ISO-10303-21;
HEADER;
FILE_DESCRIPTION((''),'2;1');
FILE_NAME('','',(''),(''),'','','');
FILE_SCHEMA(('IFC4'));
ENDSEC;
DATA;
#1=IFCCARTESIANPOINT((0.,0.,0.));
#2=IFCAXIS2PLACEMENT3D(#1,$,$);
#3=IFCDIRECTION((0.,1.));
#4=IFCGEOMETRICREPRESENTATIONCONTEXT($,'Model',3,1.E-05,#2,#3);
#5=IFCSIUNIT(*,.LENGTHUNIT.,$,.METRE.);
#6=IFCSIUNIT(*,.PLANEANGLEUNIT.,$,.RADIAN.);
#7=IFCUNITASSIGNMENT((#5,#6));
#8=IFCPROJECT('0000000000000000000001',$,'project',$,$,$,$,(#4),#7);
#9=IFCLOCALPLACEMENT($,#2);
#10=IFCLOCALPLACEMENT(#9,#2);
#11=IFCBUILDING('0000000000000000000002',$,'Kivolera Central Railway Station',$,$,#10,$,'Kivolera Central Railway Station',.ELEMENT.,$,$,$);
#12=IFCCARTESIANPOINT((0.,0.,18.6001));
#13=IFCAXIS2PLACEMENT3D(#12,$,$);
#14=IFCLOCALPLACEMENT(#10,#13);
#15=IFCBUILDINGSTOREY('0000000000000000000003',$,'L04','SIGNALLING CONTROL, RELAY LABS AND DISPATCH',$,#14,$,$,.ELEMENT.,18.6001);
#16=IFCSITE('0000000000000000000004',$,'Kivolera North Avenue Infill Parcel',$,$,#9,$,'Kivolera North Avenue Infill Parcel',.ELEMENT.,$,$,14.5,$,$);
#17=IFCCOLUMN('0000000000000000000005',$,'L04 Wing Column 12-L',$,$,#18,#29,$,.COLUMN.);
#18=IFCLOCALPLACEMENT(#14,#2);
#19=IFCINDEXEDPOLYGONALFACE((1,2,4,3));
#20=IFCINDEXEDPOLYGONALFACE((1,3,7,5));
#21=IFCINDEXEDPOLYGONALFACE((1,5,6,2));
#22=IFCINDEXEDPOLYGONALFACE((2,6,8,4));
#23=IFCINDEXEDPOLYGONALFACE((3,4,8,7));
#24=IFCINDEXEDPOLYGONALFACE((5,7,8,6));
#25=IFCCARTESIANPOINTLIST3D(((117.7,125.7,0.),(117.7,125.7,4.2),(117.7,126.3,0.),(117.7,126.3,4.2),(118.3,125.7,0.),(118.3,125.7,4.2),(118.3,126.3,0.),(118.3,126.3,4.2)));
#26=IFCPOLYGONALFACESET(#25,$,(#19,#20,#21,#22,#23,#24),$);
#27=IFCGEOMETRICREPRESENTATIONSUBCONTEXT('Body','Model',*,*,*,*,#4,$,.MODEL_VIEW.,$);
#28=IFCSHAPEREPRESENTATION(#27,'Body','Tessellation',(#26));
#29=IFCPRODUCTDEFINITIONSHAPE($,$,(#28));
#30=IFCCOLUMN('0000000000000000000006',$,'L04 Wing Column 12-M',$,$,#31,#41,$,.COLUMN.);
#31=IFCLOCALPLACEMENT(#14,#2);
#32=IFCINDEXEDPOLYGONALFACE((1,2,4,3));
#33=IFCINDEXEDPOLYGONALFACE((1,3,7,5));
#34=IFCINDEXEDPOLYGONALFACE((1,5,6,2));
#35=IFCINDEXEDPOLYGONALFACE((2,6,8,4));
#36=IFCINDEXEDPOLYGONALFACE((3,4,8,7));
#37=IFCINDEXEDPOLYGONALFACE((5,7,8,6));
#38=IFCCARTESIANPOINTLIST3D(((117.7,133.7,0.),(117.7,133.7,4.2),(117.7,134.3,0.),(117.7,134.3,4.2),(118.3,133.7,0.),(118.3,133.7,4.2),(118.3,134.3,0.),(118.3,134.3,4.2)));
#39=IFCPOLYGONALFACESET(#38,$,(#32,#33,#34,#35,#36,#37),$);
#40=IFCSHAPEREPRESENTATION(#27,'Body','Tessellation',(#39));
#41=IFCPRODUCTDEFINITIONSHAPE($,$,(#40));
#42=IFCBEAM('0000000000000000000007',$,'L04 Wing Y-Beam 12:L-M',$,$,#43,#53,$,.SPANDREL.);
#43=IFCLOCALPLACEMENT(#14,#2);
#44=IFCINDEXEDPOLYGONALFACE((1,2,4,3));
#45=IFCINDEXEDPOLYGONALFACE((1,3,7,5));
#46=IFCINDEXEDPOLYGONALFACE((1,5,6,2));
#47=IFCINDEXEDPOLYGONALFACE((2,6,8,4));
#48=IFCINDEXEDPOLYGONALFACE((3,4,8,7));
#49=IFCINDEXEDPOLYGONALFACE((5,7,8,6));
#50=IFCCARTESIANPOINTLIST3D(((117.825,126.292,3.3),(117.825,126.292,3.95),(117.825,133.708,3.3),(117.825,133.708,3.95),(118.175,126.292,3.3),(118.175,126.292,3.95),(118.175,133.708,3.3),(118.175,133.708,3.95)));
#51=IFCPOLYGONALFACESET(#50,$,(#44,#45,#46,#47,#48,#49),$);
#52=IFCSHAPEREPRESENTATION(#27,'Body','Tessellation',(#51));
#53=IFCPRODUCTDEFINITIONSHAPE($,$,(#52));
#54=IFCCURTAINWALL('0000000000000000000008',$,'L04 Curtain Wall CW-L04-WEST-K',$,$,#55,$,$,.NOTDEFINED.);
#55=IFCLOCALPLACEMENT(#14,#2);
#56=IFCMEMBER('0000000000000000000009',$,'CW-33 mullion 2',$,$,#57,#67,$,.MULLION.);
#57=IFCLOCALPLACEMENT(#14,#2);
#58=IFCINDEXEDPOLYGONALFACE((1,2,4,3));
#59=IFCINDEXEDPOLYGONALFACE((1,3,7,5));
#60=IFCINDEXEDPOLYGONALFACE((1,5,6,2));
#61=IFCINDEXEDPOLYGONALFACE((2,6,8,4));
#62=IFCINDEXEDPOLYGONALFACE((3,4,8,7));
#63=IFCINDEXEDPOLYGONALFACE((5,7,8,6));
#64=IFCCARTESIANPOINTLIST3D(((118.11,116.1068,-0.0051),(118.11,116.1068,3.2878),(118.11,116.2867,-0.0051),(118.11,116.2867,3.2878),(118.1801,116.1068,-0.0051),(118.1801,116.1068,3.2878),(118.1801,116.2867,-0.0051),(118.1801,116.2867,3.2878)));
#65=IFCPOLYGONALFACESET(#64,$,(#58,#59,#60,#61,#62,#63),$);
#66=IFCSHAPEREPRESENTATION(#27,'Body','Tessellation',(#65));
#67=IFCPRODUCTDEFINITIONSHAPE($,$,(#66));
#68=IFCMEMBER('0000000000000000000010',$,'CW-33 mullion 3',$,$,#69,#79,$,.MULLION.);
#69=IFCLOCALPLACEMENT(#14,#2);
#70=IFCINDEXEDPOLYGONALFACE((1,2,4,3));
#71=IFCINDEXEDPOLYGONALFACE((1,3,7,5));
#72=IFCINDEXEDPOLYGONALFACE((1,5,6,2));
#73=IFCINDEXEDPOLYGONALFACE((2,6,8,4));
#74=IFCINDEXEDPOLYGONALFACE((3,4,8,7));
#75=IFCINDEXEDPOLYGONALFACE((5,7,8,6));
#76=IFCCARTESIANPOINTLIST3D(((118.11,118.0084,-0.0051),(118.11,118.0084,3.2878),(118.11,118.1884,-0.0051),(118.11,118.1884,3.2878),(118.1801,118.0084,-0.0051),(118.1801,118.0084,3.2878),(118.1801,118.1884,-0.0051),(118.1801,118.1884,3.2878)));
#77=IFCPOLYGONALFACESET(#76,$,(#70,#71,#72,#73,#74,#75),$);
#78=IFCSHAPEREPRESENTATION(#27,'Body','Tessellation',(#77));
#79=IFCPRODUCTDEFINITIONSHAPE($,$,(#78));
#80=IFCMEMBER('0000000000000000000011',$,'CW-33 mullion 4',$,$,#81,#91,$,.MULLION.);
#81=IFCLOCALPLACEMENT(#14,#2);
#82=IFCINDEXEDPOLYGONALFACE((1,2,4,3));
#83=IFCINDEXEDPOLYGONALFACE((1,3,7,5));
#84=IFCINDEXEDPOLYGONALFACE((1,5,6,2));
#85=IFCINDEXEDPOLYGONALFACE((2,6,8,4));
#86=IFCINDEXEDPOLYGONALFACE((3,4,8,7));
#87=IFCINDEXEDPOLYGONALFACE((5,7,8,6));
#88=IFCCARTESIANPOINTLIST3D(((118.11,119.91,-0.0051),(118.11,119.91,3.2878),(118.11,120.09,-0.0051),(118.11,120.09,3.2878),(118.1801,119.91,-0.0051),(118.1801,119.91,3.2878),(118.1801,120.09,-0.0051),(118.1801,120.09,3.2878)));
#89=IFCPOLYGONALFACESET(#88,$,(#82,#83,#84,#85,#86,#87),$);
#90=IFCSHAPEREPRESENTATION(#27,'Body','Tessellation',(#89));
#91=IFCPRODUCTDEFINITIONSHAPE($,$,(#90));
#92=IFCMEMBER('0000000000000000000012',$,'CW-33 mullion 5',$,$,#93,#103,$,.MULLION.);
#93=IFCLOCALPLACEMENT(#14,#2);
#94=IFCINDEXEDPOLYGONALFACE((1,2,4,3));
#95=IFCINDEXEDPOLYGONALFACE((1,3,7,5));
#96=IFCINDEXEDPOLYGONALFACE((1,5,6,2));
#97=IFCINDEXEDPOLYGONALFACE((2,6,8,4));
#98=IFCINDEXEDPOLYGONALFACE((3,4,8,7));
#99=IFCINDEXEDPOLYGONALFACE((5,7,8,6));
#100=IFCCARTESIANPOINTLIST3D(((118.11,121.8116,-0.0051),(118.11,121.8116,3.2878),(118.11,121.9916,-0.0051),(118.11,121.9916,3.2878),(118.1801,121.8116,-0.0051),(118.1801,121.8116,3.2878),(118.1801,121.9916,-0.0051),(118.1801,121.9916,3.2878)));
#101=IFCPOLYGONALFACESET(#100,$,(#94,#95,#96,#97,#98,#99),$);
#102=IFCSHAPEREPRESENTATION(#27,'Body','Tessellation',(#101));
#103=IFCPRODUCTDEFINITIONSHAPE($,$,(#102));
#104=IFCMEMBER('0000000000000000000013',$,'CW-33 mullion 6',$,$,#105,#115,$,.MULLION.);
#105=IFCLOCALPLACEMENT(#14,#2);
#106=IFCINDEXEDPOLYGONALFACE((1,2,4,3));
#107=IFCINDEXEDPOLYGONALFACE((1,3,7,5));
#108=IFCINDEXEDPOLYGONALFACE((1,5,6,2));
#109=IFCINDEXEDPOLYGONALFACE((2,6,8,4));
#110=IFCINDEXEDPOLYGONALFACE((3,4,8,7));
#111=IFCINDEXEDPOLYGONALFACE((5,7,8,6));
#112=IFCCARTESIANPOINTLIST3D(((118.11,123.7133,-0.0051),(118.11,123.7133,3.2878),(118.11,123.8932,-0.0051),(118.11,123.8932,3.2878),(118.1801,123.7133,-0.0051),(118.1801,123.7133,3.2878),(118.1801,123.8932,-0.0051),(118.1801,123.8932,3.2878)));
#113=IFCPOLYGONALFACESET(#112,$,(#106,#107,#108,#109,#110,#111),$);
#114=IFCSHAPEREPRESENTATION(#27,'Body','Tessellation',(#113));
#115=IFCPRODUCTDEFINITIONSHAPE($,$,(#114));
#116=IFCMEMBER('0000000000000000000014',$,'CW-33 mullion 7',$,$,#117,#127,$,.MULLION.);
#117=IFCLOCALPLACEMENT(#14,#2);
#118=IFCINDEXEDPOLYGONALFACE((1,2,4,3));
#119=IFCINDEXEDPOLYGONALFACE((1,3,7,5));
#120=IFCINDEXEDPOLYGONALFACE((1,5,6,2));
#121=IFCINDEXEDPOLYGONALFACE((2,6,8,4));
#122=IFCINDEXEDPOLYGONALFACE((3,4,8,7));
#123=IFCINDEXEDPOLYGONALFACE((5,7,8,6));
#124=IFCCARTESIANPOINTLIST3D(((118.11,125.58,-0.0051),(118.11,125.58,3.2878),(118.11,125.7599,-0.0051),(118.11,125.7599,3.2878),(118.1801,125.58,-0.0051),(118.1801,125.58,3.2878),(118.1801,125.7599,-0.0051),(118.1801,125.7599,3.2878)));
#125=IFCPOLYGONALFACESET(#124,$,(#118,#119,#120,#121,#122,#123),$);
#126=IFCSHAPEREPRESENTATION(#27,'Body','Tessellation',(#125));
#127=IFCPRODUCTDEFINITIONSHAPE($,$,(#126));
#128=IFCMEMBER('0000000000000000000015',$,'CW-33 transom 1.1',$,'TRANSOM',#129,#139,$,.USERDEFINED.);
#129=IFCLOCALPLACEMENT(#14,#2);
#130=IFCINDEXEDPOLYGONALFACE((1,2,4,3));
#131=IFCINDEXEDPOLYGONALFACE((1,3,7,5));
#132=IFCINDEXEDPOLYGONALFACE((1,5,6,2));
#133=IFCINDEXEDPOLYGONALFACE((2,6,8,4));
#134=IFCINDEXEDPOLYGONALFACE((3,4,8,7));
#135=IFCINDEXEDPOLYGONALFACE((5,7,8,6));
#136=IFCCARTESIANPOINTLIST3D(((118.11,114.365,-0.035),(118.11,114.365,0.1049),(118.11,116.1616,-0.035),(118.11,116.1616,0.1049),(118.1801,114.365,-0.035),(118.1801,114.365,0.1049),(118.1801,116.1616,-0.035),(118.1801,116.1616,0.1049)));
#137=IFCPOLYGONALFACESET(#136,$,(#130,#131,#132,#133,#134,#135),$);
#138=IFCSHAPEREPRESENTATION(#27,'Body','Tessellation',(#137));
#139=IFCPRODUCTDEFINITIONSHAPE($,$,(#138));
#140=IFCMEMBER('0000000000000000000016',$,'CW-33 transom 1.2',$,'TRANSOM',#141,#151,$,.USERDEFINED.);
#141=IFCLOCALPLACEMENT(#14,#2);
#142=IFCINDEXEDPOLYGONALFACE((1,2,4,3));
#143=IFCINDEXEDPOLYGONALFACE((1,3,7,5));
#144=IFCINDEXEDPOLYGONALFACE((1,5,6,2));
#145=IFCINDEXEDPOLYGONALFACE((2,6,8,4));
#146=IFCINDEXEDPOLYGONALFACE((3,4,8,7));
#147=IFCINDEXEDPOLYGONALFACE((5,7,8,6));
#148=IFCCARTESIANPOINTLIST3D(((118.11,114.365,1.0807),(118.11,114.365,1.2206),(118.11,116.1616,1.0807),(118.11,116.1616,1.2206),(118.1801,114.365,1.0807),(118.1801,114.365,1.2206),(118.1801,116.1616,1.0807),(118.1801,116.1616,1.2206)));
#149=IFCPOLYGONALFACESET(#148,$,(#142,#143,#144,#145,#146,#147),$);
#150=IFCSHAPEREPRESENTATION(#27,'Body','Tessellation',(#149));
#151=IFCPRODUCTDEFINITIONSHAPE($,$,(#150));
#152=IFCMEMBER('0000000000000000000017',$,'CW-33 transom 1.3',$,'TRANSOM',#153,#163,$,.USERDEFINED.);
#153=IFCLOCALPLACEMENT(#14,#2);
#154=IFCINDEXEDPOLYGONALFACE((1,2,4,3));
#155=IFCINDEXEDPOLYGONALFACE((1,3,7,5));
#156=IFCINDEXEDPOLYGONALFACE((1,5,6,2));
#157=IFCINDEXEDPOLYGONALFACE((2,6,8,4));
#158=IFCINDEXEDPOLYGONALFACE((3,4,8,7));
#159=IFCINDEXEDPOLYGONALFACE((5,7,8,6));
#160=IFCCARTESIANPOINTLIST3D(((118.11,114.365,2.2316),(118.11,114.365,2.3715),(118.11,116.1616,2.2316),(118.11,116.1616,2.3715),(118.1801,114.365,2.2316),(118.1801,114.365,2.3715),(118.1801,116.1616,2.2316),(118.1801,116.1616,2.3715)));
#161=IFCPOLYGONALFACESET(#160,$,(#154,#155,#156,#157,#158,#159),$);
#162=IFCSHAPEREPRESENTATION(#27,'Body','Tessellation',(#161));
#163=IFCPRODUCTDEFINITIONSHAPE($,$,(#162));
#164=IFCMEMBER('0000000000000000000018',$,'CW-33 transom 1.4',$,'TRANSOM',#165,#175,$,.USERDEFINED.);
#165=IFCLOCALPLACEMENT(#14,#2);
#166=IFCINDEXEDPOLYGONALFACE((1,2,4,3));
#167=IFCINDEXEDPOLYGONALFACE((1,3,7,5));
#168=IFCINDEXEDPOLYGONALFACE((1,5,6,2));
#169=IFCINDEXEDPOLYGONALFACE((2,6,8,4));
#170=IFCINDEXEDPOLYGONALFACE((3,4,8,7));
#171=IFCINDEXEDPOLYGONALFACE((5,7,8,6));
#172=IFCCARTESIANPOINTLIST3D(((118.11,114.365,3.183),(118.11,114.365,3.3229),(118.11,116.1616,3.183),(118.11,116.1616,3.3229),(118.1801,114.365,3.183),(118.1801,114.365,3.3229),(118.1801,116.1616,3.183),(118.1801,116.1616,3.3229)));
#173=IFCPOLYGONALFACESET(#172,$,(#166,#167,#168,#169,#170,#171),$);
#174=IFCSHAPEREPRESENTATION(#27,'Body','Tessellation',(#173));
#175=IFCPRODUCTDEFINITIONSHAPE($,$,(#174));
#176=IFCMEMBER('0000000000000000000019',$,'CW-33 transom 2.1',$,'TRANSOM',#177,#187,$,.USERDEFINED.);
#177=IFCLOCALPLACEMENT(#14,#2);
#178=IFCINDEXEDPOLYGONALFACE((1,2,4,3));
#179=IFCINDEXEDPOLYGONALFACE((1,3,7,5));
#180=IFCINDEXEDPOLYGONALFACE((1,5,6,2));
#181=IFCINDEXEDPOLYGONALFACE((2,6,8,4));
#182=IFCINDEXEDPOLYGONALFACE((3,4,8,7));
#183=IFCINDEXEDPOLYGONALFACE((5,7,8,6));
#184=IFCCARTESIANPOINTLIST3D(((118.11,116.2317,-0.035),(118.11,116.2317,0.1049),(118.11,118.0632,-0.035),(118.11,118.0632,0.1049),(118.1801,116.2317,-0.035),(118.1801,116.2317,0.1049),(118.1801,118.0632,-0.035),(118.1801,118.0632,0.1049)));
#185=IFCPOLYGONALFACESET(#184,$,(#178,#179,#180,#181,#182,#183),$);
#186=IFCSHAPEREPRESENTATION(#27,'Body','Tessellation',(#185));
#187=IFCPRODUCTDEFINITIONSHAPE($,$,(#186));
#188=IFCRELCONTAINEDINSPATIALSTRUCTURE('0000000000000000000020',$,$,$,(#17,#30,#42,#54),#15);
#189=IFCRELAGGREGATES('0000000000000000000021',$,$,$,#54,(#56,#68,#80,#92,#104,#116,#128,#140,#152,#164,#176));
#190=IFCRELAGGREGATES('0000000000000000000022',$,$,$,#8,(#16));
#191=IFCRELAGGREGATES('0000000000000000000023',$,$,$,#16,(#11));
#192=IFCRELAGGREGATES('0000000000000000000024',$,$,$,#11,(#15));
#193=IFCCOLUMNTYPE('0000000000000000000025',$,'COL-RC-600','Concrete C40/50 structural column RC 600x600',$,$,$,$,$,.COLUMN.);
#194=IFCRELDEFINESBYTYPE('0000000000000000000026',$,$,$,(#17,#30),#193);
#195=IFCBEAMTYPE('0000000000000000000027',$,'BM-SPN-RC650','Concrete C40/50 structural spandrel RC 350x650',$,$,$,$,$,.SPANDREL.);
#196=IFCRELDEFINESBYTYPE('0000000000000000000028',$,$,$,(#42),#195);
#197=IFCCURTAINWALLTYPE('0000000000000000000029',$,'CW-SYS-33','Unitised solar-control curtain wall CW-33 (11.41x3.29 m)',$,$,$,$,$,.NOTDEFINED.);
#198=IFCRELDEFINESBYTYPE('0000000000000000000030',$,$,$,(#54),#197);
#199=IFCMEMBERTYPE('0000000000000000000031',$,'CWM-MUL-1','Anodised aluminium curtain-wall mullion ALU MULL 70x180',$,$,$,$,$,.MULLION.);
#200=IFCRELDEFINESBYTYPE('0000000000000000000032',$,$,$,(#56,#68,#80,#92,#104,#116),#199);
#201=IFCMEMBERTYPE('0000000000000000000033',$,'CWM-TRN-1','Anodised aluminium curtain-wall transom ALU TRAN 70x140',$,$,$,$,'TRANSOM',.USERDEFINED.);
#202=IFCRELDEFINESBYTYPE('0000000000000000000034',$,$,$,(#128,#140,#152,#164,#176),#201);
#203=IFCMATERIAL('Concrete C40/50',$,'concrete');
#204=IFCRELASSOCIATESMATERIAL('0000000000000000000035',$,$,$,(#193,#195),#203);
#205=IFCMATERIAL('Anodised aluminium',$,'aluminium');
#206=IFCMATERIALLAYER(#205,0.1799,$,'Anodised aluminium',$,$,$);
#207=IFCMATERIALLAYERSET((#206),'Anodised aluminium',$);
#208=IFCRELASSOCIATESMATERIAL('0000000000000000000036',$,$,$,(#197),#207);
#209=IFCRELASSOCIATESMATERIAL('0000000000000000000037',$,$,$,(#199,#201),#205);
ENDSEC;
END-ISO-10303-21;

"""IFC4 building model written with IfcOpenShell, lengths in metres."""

from ifc_helpers import new_model, si_unit, direction, frame, origin, origin_2d, place, context, subcontext, project, spatial, rectangle, extrude, material, layer, layer_set, material_profile, profile_set, type_object, element, aggregate, save


model = new_model("IFC4")

# Units and contexts
model_context = context("Model", 3, precision=1e-05, world=origin(), true_north=direction((0.0, 1.0)))
body_context = subcontext(model_context, "Body", "Model", "MODEL_VIEW")
ifc_project = project(units=[si_unit("LENGTHUNIT", "METRE"), si_unit("PLANEANGLEUNIT", "RADIAN")], contexts=[model_context])

# Site, building, storey
site_placement = place(None, origin())
site = spatial("IfcSite", under=ifc_project, at=site_placement, Name="Kivolera North Avenue Infill Parcel", LongName="Kivolera North Avenue Infill Parcel", CompositionType="ELEMENT", RefElevation=14.5)
building_placement = place(site_placement, origin())
building = spatial("IfcBuilding", under=site, at=building_placement, Name="Kivolera Central Railway Station", LongName="Kivolera Central Railway Station", CompositionType="ELEMENT")
storey_placement = place(building_placement, frame((0.0, 0.0, 18.6001)))
storey = spatial("IfcBuildingStorey", under=building, at=storey_placement, Name="L04", Description="SIGNALLING CONTROL, RELAY LABS AND DISPATCH", CompositionType="ELEMENT", Elevation=18.6001)

# Columns
ifc_material_1 = material(Name="Concrete C40/50", Category="concrete")
ifc_material_profile_1 = material_profile(ifc_material_1, rectangle(XDim=0.6001, YDim=0.6001, at=origin_2d()), Name="RC 600x600")
ifc_profile_set_1 = profile_set([ifc_material_profile_1], Name="Concrete C40/50")
column_type = type_object("IfcColumnType", Name="COL-RC-600", Description="Concrete C40/50 structural column RC 600x600", PredefinedType="COLUMN", material=ifc_profile_set_1)
for number, where, z_axis, x_axis, name in (
    (1, (118.0, 126.0, 0.0), (0.0, 0.0, 1.0), (1.0, 0.0, 0.0), "L04 Wing Column 12-L"),
    (2, (118.0, 134.0, 0.0), (0.0, 0.0, 1.0), (1.0, 0.0, 0.0), "L04 Wing Column 12-M"),
):
    element("IfcColumn", number, at=place(storey_placement, frame(where, z_axis=z_axis, x_axis=x_axis)), inside=storey, type_object=column_type, Name=name, PredefinedType="COLUMN", context=body_context, shape_type="SweptSolid", body=[
        extrude(rectangle(XDim=0.6001, YDim=0.6001, at=origin_2d()), origin(), (0.0, 0.0, 1.0), 4.2),
    ])

# Beam
ifc_material_profile_2 = material_profile(ifc_material_1, rectangle(XDim=0.3501, YDim=0.6499, at=origin_2d()), Name="RC 350x650")
ifc_profile_set_2 = profile_set([ifc_material_profile_2], Name="Concrete C40/50")
beam_type = type_object("IfcBeamType", Name="BM-SPN-RC650", Description="Concrete C40/50 structural spandrel RC 350x650", PredefinedType="SPANDREL", material=ifc_profile_set_2)
beam_placement = place(storey_placement, frame((118.0, 126.292, 3.625), z_axis=(0.0, 1.0, 0.0), x_axis=(-1.0, 0.0, 0.0)))
element("IfcBeam", 3, at=beam_placement, inside=storey, type_object=beam_type, Name="L04 Wing Y-Beam 12:L-M", PredefinedType="SPANDREL", context=body_context, shape_type="SweptSolid", body=[
    extrude(rectangle(XDim=0.3501, YDim=0.6499, at=origin_2d()), origin(), (0.0, 0.0, 1.0), 7.416),
])

# Curtain wall, members
ifc_material_2 = material(Name="Anodised aluminium", Category="aluminium")
ifc_layer_1 = layer(ifc_material_2, 0.1799, Name="Anodised aluminium")
ifc_layer_set_1 = layer_set([ifc_layer_1], Name="Anodised aluminium")
curtain_wall_type = type_object("IfcCurtainWallType", Name="CW-SYS-33", Description="Unitised solar-control curtain wall CW-33 (11.41x3.29 m)", PredefinedType="NOTDEFINED", material=ifc_layer_set_1)
curtain_wall_placement = place(storey_placement, origin())
curtain_wall = element("IfcCurtainWall", 4, at=curtain_wall_placement, inside=storey, type_object=curtain_wall_type, Name="L04 Curtain Wall CW-L04-WEST-K", PredefinedType="NOTDEFINED")
ifc_material_profile_3 = material_profile(ifc_material_2, rectangle(XDim=0.0701, YDim=0.1799, at=origin_2d()), Name="ALU MULL 70x180")
ifc_profile_set_3 = profile_set([ifc_material_profile_3], Name="Anodised aluminium")
member_type_1 = type_object("IfcMemberType", Name="CWM-MUL-1", Description="Anodised aluminium curtain-wall mullion ALU MULL 70x180", PredefinedType="MULLION", material=ifc_profile_set_3)
member_1_placement = place(storey_placement, frame((118.145, 116.1968, -0.0051), z_axis=(0.0, 0.0, 1.0), x_axis=(-1.0, 0.0, 0.0)))
member_1 = element("IfcMember", 5, at=member_1_placement, type_object=member_type_1, Name="CW-33 mullion 2", PredefinedType="MULLION", context=body_context, shape_type="SweptSolid", body=[
    extrude(rectangle(XDim=0.0701, YDim=0.1799, at=origin_2d()), origin(), (0.0, 0.0, 1.0), 3.293),
])
member_2_placement = place(storey_placement, frame((118.145, 118.0984, -0.0051), z_axis=(0.0, 0.0, 1.0), x_axis=(-1.0, 0.0, 0.0)))
member_2 = element("IfcMember", 6, at=member_2_placement, type_object=member_type_1, Name="CW-33 mullion 3", PredefinedType="MULLION", context=body_context, shape_type="SweptSolid", body=[
    extrude(rectangle(XDim=0.0701, YDim=0.1799, at=origin_2d()), origin(), (0.0, 0.0, 1.0), 3.293),
])
member_3_placement = place(storey_placement, frame((118.145, 120.0, -0.0051), z_axis=(0.0, 0.0, 1.0), x_axis=(-1.0, 0.0, 0.0)))
member_3 = element("IfcMember", 7, at=member_3_placement, type_object=member_type_1, Name="CW-33 mullion 4", PredefinedType="MULLION", context=body_context, shape_type="SweptSolid", body=[
    extrude(rectangle(XDim=0.0701, YDim=0.1799, at=origin_2d()), origin(), (0.0, 0.0, 1.0), 3.293),
])
member_4_placement = place(storey_placement, frame((118.145, 121.9016, -0.0051), z_axis=(0.0, 0.0, 1.0), x_axis=(-1.0, 0.0, 0.0)))
member_4 = element("IfcMember", 8, at=member_4_placement, type_object=member_type_1, Name="CW-33 mullion 5", PredefinedType="MULLION", context=body_context, shape_type="SweptSolid", body=[
    extrude(rectangle(XDim=0.0701, YDim=0.1799, at=origin_2d()), origin(), (0.0, 0.0, 1.0), 3.293),
])
member_5_placement = place(storey_placement, frame((118.145, 123.8032, -0.0051), z_axis=(0.0, 0.0, 1.0), x_axis=(-1.0, 0.0, 0.0)))
member_5 = element("IfcMember", 9, at=member_5_placement, type_object=member_type_1, Name="CW-33 mullion 6", PredefinedType="MULLION", context=body_context, shape_type="SweptSolid", body=[
    extrude(rectangle(XDim=0.0701, YDim=0.1799, at=origin_2d()), origin(), (0.0, 0.0, 1.0), 3.293),
])
member_6_placement = place(storey_placement, frame((118.145, 125.6699, -0.0051), z_axis=(0.0, 0.0, 1.0), x_axis=(-1.0, 0.0, 0.0)))
member_6 = element("IfcMember", 10, at=member_6_placement, type_object=member_type_1, Name="CW-33 mullion 7", PredefinedType="MULLION", context=body_context, shape_type="SweptSolid", body=[
    extrude(rectangle(XDim=0.0701, YDim=0.1799, at=origin_2d()), origin(), (0.0, 0.0, 1.0), 3.293),
])
ifc_material_profile_4 = material_profile(ifc_material_2, rectangle(XDim=0.0701, YDim=0.1399, at=origin_2d()), Name="ALU TRAN 70x140")
ifc_profile_set_4 = profile_set([ifc_material_profile_4], Name="Anodised aluminium")
member_type_2 = type_object("IfcMemberType", Name="CWM-TRN-1", Description="Anodised aluminium curtain-wall transom ALU TRAN 70x140", ElementType="TRANSOM", PredefinedType="USERDEFINED", material=ifc_profile_set_4)
member_7_placement = place(storey_placement, frame((118.145, 114.365, 0.0349), z_axis=(0.0, 1.0, 0.0), x_axis=(-1.0, 0.0, 0.0)))
member_7 = element("IfcMember", 11, at=member_7_placement, type_object=member_type_2, Name="CW-33 transom 1.1", ObjectType="TRANSOM", PredefinedType="USERDEFINED", context=body_context, shape_type="SweptSolid", body=[
    extrude(rectangle(XDim=0.0701, YDim=0.1399, at=origin_2d()), origin(), (0.0, 0.0, 1.0), 1.7966),
])
member_8_placement = place(storey_placement, frame((118.145, 114.365, 1.1506), z_axis=(0.0, 1.0, 0.0), x_axis=(-1.0, 0.0, 0.0)))
member_8 = element("IfcMember", 12, at=member_8_placement, type_object=member_type_2, Name="CW-33 transom 1.2", ObjectType="TRANSOM", PredefinedType="USERDEFINED", context=body_context, shape_type="SweptSolid", body=[
    extrude(rectangle(XDim=0.0701, YDim=0.1399, at=origin_2d()), origin(), (0.0, 0.0, 1.0), 1.7966),
])
member_9_placement = place(storey_placement, frame((118.145, 114.365, 2.3015), z_axis=(0.0, 1.0, 0.0), x_axis=(-1.0, 0.0, 0.0)))
member_9 = element("IfcMember", 13, at=member_9_placement, type_object=member_type_2, Name="CW-33 transom 1.3", ObjectType="TRANSOM", PredefinedType="USERDEFINED", context=body_context, shape_type="SweptSolid", body=[
    extrude(rectangle(XDim=0.0701, YDim=0.1399, at=origin_2d()), origin(), (0.0, 0.0, 1.0), 1.7966),
])
member_10_placement = place(storey_placement, frame((118.145, 114.365, 3.2529), z_axis=(0.0, 1.0, 0.0), x_axis=(-1.0, 0.0, 0.0)))
member_10 = element("IfcMember", 14, at=member_10_placement, type_object=member_type_2, Name="CW-33 transom 1.4", ObjectType="TRANSOM", PredefinedType="USERDEFINED", context=body_context, shape_type="SweptSolid", body=[
    extrude(rectangle(XDim=0.0701, YDim=0.1399, at=origin_2d()), origin(), (0.0, 0.0, 1.0), 1.7966),
])
member_11_placement = place(storey_placement, frame((118.145, 116.2317, 0.0349), z_axis=(0.0, 1.0, 0.0), x_axis=(-1.0, 0.0, 0.0)))
member_11 = element("IfcMember", 15, at=member_11_placement, type_object=member_type_2, Name="CW-33 transom 2.1", ObjectType="TRANSOM", PredefinedType="USERDEFINED", context=body_context, shape_type="SweptSolid", body=[
    extrude(rectangle(XDim=0.0701, YDim=0.1399, at=origin_2d()), origin(), (0.0, 0.0, 1.0), 1.8315),
])
aggregate(curtain_wall, [member_1, member_2, member_3, member_4, member_5, member_6, member_7, member_8, member_9, member_10, member_11])

save(model, "model.ifc")
